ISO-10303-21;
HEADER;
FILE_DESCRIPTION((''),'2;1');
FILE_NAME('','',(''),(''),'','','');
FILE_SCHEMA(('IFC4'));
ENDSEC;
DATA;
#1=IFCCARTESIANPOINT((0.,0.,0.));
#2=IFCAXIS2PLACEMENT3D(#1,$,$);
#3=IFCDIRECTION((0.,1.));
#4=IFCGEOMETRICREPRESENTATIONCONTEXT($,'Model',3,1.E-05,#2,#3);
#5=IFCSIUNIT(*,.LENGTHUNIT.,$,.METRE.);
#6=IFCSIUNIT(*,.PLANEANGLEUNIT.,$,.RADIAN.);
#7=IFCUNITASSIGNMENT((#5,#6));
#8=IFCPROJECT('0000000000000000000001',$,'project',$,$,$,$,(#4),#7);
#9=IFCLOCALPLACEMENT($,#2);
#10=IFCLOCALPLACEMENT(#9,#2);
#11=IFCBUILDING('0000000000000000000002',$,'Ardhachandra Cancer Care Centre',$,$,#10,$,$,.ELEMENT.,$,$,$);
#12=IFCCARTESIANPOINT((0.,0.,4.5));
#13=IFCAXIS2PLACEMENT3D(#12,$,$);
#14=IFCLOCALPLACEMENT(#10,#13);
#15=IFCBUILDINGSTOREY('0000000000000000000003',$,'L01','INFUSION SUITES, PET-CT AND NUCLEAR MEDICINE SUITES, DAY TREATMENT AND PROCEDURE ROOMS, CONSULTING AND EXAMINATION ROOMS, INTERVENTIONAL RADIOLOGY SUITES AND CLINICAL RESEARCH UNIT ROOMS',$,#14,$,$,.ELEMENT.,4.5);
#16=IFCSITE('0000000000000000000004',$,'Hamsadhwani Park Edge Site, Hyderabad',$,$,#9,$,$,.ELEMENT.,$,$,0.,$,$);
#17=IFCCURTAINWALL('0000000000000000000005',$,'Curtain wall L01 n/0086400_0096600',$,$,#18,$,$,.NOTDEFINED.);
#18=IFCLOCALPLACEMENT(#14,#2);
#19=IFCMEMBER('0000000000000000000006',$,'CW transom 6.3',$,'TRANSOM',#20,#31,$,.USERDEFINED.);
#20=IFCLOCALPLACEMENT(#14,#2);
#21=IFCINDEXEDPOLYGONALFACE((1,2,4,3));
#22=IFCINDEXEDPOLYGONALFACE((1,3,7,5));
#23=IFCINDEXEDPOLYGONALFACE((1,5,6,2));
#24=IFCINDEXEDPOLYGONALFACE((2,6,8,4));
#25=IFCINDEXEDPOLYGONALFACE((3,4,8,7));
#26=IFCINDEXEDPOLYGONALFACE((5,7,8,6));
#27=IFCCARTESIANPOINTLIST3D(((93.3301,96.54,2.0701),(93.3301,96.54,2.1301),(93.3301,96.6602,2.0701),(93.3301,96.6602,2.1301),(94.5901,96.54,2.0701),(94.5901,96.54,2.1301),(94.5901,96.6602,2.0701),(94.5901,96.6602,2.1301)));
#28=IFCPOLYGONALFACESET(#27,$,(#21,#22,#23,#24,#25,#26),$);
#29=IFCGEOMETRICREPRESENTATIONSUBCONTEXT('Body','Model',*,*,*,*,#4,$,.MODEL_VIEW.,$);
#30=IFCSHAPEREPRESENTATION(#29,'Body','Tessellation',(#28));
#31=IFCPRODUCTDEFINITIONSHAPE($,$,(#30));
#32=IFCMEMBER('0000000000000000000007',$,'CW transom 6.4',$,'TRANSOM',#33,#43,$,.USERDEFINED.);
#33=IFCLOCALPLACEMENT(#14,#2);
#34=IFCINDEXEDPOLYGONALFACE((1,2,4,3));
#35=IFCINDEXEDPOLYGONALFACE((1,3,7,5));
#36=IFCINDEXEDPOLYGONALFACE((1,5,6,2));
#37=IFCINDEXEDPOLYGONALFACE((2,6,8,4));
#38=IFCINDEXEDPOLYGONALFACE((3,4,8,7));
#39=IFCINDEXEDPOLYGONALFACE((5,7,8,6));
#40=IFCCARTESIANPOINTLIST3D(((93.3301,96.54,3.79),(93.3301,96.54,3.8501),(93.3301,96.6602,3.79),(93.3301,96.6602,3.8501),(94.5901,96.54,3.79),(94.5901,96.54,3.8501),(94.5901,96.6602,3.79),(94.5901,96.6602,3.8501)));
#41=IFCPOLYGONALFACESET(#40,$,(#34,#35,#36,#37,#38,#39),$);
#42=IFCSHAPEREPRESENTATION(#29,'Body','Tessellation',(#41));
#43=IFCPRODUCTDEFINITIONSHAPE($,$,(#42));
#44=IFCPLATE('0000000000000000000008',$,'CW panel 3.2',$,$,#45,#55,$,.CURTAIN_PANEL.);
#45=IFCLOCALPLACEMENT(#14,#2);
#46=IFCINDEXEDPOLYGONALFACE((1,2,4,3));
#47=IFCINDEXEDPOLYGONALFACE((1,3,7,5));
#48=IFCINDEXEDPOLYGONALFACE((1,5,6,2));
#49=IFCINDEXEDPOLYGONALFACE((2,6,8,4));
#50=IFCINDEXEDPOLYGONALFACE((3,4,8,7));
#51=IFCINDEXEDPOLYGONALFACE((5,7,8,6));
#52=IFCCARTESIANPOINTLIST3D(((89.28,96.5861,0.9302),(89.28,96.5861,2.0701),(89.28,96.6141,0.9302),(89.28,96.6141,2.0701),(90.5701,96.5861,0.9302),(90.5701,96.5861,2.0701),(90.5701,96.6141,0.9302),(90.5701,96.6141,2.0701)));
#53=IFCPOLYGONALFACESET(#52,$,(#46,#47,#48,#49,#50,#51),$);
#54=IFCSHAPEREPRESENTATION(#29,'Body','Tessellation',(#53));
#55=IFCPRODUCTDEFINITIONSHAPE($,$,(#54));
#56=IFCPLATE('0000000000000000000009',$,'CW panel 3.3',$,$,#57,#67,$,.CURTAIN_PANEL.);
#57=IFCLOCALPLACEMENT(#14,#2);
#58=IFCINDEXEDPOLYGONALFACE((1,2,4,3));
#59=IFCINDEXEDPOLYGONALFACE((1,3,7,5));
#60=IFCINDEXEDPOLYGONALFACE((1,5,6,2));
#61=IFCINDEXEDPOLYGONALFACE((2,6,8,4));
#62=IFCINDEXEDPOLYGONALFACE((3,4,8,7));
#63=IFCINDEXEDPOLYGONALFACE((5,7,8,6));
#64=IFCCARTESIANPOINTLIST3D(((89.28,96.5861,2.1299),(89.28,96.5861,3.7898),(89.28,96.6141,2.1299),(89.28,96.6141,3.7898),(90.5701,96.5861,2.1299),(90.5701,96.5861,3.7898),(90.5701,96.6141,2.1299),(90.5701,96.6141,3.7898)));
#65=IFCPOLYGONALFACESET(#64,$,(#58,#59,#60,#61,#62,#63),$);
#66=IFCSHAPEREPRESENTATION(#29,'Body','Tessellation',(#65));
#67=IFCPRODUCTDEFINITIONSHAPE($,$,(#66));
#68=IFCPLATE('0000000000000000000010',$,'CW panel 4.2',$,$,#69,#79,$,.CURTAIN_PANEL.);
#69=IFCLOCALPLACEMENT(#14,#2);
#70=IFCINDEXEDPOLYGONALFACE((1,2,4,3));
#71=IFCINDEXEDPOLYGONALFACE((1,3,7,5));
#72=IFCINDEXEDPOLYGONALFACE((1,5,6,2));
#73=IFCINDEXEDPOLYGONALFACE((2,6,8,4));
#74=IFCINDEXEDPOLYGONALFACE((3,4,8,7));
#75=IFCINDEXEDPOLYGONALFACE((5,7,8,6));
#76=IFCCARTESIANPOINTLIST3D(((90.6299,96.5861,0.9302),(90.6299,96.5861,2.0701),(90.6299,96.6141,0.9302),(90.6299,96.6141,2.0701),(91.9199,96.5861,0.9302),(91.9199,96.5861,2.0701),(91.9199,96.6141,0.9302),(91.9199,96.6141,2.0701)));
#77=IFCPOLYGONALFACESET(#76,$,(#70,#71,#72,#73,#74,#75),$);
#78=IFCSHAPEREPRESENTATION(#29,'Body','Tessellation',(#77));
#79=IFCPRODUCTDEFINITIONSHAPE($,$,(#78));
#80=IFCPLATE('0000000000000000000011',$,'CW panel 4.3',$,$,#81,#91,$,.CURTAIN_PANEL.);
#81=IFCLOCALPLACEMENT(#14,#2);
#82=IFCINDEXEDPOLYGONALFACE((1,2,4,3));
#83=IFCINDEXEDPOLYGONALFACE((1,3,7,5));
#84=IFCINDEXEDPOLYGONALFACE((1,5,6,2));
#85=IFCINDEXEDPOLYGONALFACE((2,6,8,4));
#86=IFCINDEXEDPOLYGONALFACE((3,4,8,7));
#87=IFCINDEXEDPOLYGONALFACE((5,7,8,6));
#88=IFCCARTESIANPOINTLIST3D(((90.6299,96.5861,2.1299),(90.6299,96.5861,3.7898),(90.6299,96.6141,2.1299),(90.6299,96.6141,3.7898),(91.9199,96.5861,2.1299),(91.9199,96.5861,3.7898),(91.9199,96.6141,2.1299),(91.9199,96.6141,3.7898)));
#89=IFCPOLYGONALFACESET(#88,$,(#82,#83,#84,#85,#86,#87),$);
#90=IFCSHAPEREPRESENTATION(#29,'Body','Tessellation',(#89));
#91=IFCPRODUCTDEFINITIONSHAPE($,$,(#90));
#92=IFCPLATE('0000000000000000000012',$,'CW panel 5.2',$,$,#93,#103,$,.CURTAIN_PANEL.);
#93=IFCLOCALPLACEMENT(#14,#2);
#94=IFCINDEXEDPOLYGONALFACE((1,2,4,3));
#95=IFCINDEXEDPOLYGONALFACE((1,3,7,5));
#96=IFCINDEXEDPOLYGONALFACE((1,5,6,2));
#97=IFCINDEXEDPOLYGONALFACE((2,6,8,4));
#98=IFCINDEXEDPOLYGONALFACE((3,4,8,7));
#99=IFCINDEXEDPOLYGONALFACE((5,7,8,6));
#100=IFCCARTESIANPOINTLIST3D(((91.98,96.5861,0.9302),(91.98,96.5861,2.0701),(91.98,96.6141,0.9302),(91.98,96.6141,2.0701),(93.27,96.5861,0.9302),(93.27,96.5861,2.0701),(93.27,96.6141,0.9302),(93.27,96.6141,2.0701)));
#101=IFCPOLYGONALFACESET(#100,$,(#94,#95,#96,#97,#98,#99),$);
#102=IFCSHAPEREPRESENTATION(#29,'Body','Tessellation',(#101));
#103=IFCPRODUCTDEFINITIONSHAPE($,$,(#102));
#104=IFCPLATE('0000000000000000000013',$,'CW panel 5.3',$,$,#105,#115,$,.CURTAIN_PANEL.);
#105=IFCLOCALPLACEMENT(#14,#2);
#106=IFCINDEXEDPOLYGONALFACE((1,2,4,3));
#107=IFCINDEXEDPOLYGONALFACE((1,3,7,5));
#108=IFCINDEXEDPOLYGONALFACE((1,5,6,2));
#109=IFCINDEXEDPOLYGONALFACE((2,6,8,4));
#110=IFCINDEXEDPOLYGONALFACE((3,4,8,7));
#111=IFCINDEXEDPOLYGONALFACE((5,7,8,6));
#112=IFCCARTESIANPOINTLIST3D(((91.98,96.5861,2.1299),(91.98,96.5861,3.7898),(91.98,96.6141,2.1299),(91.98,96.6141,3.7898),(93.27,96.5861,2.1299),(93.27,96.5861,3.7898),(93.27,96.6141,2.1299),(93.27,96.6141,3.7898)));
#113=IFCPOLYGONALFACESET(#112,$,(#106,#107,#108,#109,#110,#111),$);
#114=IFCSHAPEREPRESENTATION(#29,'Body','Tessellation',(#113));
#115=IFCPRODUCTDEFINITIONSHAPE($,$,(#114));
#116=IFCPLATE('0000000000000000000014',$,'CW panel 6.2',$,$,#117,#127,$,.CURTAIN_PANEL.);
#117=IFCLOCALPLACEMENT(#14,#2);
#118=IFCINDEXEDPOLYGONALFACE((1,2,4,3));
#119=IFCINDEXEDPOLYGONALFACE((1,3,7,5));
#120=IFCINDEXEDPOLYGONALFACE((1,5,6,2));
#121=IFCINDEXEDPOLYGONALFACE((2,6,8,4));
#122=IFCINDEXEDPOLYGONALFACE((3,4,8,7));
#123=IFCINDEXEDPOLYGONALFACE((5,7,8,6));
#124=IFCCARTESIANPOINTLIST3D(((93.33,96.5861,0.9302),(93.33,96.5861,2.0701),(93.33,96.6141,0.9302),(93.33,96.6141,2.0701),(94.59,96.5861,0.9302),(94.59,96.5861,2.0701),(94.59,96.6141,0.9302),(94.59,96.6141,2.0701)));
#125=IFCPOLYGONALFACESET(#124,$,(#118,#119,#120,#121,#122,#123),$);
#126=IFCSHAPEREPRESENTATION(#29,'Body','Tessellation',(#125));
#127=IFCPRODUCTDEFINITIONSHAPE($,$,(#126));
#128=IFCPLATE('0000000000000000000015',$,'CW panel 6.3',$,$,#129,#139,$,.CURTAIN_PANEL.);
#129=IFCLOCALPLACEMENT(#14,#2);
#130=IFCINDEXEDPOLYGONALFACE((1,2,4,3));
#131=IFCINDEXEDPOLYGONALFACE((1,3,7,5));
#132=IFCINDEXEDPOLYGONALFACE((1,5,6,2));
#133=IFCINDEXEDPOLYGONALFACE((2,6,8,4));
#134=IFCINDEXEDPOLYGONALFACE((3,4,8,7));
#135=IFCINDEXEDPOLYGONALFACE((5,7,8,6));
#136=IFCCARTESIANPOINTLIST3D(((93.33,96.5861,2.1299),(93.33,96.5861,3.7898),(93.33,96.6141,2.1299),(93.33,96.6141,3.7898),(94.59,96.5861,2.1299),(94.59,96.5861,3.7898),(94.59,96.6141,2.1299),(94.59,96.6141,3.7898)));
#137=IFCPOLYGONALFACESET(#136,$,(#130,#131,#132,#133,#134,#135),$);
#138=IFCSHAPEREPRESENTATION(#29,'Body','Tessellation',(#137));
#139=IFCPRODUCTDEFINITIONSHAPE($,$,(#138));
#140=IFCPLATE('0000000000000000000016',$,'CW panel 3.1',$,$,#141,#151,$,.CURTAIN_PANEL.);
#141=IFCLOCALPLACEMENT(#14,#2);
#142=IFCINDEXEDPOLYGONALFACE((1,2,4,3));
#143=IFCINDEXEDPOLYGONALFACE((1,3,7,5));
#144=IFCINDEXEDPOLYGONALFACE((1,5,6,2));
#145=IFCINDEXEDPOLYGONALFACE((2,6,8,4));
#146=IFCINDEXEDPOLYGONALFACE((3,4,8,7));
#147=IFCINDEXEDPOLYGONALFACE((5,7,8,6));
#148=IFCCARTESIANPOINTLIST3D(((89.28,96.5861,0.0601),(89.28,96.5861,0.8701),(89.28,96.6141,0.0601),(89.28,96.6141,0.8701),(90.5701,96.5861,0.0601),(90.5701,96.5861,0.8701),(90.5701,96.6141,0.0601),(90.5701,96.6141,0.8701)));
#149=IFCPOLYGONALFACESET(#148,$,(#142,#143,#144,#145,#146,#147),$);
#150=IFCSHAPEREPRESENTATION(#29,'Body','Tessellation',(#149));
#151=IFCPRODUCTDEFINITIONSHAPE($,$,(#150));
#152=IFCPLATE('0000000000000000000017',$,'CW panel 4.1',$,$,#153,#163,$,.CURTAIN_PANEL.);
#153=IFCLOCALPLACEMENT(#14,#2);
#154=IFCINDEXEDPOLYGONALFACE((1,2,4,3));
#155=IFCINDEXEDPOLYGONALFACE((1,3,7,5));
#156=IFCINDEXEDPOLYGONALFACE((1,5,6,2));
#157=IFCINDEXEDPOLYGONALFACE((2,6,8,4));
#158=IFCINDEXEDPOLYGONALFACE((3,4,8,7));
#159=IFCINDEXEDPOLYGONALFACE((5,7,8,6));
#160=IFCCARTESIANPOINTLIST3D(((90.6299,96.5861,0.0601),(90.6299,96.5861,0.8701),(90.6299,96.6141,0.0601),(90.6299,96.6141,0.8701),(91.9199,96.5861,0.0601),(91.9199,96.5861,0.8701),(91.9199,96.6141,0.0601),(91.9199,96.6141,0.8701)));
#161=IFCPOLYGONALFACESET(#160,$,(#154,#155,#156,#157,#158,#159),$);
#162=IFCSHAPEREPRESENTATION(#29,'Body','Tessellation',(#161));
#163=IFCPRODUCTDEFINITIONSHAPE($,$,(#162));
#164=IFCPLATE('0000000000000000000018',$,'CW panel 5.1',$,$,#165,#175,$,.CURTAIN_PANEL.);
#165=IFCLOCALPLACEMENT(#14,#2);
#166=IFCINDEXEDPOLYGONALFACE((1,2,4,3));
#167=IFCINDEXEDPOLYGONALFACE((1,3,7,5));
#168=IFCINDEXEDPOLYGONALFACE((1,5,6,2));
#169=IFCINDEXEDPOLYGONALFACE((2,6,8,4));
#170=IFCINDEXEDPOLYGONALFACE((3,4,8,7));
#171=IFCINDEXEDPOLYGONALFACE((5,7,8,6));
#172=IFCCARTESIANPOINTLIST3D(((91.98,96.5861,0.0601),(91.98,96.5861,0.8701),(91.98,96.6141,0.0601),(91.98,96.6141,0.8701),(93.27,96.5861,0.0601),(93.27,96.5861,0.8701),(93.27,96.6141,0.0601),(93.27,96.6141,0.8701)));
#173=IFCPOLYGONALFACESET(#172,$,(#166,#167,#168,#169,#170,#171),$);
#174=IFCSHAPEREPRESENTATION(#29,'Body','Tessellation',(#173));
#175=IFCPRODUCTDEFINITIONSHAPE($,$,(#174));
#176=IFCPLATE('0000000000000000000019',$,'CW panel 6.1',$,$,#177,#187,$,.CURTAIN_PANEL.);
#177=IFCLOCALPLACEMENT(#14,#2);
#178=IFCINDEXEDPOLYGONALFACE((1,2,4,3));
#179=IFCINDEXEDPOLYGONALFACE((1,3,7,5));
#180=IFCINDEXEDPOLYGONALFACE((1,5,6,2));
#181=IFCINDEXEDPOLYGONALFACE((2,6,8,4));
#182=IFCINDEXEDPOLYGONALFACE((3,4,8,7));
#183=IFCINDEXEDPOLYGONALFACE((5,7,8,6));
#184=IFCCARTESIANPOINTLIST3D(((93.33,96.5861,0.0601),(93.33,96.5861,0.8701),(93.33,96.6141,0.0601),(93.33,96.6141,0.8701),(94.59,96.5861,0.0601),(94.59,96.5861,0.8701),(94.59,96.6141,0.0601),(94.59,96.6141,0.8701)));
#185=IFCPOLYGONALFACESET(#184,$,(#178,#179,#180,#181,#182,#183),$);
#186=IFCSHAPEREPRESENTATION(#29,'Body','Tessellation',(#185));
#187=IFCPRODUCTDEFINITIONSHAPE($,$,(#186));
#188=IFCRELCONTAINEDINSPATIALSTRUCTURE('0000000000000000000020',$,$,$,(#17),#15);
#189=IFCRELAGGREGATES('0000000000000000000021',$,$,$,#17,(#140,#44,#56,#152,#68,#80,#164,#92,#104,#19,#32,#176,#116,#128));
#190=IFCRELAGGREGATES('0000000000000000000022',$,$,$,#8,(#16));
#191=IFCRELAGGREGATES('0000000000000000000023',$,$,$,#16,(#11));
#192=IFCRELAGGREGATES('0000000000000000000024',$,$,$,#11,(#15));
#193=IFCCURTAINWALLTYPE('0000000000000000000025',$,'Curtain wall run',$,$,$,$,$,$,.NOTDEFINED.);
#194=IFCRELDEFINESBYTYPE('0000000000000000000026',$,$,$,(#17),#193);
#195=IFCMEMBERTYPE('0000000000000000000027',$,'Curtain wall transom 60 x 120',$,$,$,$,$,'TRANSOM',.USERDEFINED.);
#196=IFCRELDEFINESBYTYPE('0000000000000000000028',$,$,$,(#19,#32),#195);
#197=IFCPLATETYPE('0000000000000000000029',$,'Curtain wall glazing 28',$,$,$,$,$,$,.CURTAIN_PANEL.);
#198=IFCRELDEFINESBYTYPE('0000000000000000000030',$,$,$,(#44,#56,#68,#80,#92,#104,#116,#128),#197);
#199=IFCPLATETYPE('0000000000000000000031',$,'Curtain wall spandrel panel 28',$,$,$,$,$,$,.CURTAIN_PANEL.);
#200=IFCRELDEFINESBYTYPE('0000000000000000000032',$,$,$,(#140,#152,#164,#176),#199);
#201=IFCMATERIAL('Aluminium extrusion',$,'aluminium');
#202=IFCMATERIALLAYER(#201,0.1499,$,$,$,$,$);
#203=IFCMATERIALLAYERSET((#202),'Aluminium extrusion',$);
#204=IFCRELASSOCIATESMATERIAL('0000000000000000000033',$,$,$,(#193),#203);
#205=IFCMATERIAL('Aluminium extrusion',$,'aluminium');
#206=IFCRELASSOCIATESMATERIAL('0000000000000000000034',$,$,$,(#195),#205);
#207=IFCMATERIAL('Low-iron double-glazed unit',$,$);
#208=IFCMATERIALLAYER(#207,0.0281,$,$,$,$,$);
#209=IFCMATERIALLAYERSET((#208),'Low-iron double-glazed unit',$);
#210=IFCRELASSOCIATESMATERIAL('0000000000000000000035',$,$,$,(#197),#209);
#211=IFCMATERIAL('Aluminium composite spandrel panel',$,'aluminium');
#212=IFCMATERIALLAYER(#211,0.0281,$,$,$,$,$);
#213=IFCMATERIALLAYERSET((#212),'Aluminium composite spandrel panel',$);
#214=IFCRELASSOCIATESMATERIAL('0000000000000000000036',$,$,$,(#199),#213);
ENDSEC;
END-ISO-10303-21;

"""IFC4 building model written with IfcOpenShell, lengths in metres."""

from ifc_helpers import new_model, si_unit, direction, frame, origin, origin_2d, place, context, subcontext, project, spatial, rectangle, extrude, material, layer, layer_set, material_profile, profile_set, type_object, element, aggregate, save


model = new_model("IFC4")

# Units and contexts
model_context = context("Model", 3, precision=1e-05, world=origin(), true_north=direction((0.0, 1.0)))
body_context = subcontext(model_context, "Body", "Model", "MODEL_VIEW")
ifc_project = project(units=[si_unit("LENGTHUNIT", "METRE"), si_unit("PLANEANGLEUNIT", "RADIAN")], contexts=[model_context])

# Site, building, storey
site_placement = place(None, origin())
site = spatial("IfcSite", under=ifc_project, at=site_placement, Name="Hamsadhwani Park Edge Site, Hyderabad", CompositionType="ELEMENT", RefElevation=0.0)
building_placement = place(site_placement, origin())
building = spatial("IfcBuilding", under=site, at=building_placement, Name="Ardhachandra Cancer Care Centre", CompositionType="ELEMENT")
storey_placement = place(building_placement, frame((0.0, 0.0, 4.5)))
storey = spatial("IfcBuildingStorey", under=building, at=storey_placement, Name="L01", Description="INFUSION SUITES, PET-CT AND NUCLEAR MEDICINE SUITES, DAY TREATMENT AND PROCEDURE ROOMS, CONSULTING AND EXAMINATION ROOMS, INTERVENTIONAL RADIOLOGY SUITES AND CLINICAL RESEARCH UNIT ROOMS", CompositionType="ELEMENT", Elevation=4.5)

# Curtain wall, members, plates
ifc_material_1 = material(Name="Aluminium extrusion", Category="aluminium")
ifc_layer_1 = layer(ifc_material_1, 0.1499)
ifc_layer_set_1 = layer_set([ifc_layer_1], Name="Aluminium extrusion")
curtain_wall_type = type_object("IfcCurtainWallType", Name="Curtain wall run", PredefinedType="NOTDEFINED", material=ifc_layer_set_1)
curtain_wall_placement = place(storey_placement, origin())
curtain_wall = element("IfcCurtainWall", 1, at=curtain_wall_placement, inside=storey, type_object=curtain_wall_type, Name="Curtain wall L01 n/0086400_0096600", PredefinedType="NOTDEFINED")
ifc_material_2 = material(Name="Aluminium extrusion", Category="aluminium")
ifc_material_profile_1 = material_profile(ifc_material_2, rectangle(XDim=0.1201, YDim=0.0601, at=origin_2d()), Name="Curtain wall transom 60 x 120")
ifc_profile_set_1 = profile_set([ifc_material_profile_1], Name="Aluminium extrusion")
member_type_1 = type_object("IfcMemberType", Name="Curtain wall transom 60 x 120", ElementType="TRANSOM", PredefinedType="USERDEFINED", material=ifc_profile_set_1)
member_1_placement = place(storey_placement, frame((93.3301, 96.6001, 2.1001), z_axis=(1.0, 0.0, 0.0), x_axis=(0.0, 1.0, 0.0)))
member_1 = element("IfcMember", 2, at=member_1_placement, type_object=member_type_1, Name="CW transom 6.3", ObjectType="TRANSOM", PredefinedType="USERDEFINED", context=body_context, shape_type="SweptSolid", body=[
    extrude(rectangle(XDim=0.1201, YDim=0.0601, at=origin_2d()), origin(), (0.0, 0.0, 1.0), 1.26),
])
member_2_placement = place(storey_placement, frame((93.3301, 96.6001, 3.8201), z_axis=(1.0, 0.0, 0.0), x_axis=(0.0, 1.0, 0.0)))
member_2 = element("IfcMember", 3, at=member_2_placement, type_object=member_type_1, Name="CW transom 6.4", ObjectType="TRANSOM", PredefinedType="USERDEFINED", context=body_context, shape_type="SweptSolid", body=[
    extrude(rectangle(XDim=0.1201, YDim=0.0601, at=origin_2d()), origin(), (0.0, 0.0, 1.0), 1.26),
])
ifc_material_3 = material(Name="Low-iron double-glazed unit")
ifc_layer_2 = layer(ifc_material_3, 0.0281)
ifc_layer_set_2 = layer_set([ifc_layer_2], Name="Low-iron double-glazed unit")
plate_type_1 = type_object("IfcPlateType", Name="Curtain wall glazing 28", PredefinedType="CURTAIN_PANEL", material=ifc_layer_set_2)
plate_1_placement = place(storey_placement, frame((89.925, 96.6001, 0.9302), z_axis=(0.0, 0.0, 1.0), x_axis=(1.0, 0.0, 0.0)))
plate_1 = element("IfcPlate", 4, at=plate_1_placement, type_object=plate_type_1, Name="CW panel 3.2", PredefinedType="CURTAIN_PANEL", context=body_context, shape_type="SweptSolid", body=[
    extrude(rectangle(XDim=1.29, YDim=0.0281, at=origin_2d()), origin(), (0.0, 0.0, 1.0), 1.1399),
])
plate_2_placement = place(storey_placement, frame((89.925, 96.6001, 2.1299), z_axis=(0.0, 0.0, 1.0), x_axis=(1.0, 0.0, 0.0)))
plate_2 = element("IfcPlate", 5, at=plate_2_placement, type_object=plate_type_1, Name="CW panel 3.3", PredefinedType="CURTAIN_PANEL", context=body_context, shape_type="SweptSolid", body=[
    extrude(rectangle(XDim=1.29, YDim=0.0281, at=origin_2d()), origin(), (0.0, 0.0, 1.0), 1.6599),
])
plate_3_placement = place(storey_placement, frame((91.2749, 96.6001, 0.9302), z_axis=(0.0, 0.0, 1.0), x_axis=(1.0, 0.0, 0.0)))
plate_3 = element("IfcPlate", 6, at=plate_3_placement, type_object=plate_type_1, Name="CW panel 4.2", PredefinedType="CURTAIN_PANEL", context=body_context, shape_type="SweptSolid", body=[
    extrude(rectangle(XDim=1.29, YDim=0.0281, at=origin_2d()), origin(), (0.0, 0.0, 1.0), 1.1399),
])
plate_4_placement = place(storey_placement, frame((91.2749, 96.6001, 2.1299), z_axis=(0.0, 0.0, 1.0), x_axis=(1.0, 0.0, 0.0)))
plate_4 = element("IfcPlate", 7, at=plate_4_placement, type_object=plate_type_1, Name="CW panel 4.3", PredefinedType="CURTAIN_PANEL", context=body_context, shape_type="SweptSolid", body=[
    extrude(rectangle(XDim=1.29, YDim=0.0281, at=origin_2d()), origin(), (0.0, 0.0, 1.0), 1.6599),
])
plate_5_placement = place(storey_placement, frame((92.625, 96.6001, 0.9302), z_axis=(0.0, 0.0, 1.0), x_axis=(1.0, 0.0, 0.0)))
plate_5 = element("IfcPlate", 8, at=plate_5_placement, type_object=plate_type_1, Name="CW panel 5.2", PredefinedType="CURTAIN_PANEL", context=body_context, shape_type="SweptSolid", body=[
    extrude(rectangle(XDim=1.29, YDim=0.0281, at=origin_2d()), origin(), (0.0, 0.0, 1.0), 1.1399),
])
plate_6_placement = place(storey_placement, frame((92.625, 96.6001, 2.1299), z_axis=(0.0, 0.0, 1.0), x_axis=(1.0, 0.0, 0.0)))
plate_6 = element("IfcPlate", 9, at=plate_6_placement, type_object=plate_type_1, Name="CW panel 5.3", PredefinedType="CURTAIN_PANEL", context=body_context, shape_type="SweptSolid", body=[
    extrude(rectangle(XDim=1.29, YDim=0.0281, at=origin_2d()), origin(), (0.0, 0.0, 1.0), 1.6599),
])
plate_7_placement = place(storey_placement, frame((93.96, 96.6001, 0.9302), z_axis=(0.0, 0.0, 1.0), x_axis=(1.0, 0.0, 0.0)))
plate_7 = element("IfcPlate", 10, at=plate_7_placement, type_object=plate_type_1, Name="CW panel 6.2", PredefinedType="CURTAIN_PANEL", context=body_context, shape_type="SweptSolid", body=[
    extrude(rectangle(XDim=1.26, YDim=0.0281, at=origin_2d()), origin(), (0.0, 0.0, 1.0), 1.1399),
])
plate_8_placement = place(storey_placement, frame((93.96, 96.6001, 2.1299), z_axis=(0.0, 0.0, 1.0), x_axis=(1.0, 0.0, 0.0)))
plate_8 = element("IfcPlate", 11, at=plate_8_placement, type_object=plate_type_1, Name="CW panel 6.3", PredefinedType="CURTAIN_PANEL", context=body_context, shape_type="SweptSolid", body=[
    extrude(rectangle(XDim=1.26, YDim=0.0281, at=origin_2d()), origin(), (0.0, 0.0, 1.0), 1.6599),
])
ifc_material_4 = material(Name="Aluminium composite spandrel panel", Category="aluminium")
ifc_layer_3 = layer(ifc_material_4, 0.0281)
ifc_layer_set_3 = layer_set([ifc_layer_3], Name="Aluminium composite spandrel panel")
plate_type_2 = type_object("IfcPlateType", Name="Curtain wall spandrel panel 28", PredefinedType="CURTAIN_PANEL", material=ifc_layer_set_3)
plate_9_placement = place(storey_placement, frame((89.925, 96.6001, 0.0601), z_axis=(0.0, 0.0, 1.0), x_axis=(1.0, 0.0, 0.0)))
plate_9 = element("IfcPlate", 12, at=plate_9_placement, type_object=plate_type_2, Name="CW panel 3.1", PredefinedType="CURTAIN_PANEL", context=body_context, shape_type="SweptSolid", body=[
    extrude(rectangle(XDim=1.29, YDim=0.0281, at=origin_2d()), origin(), (0.0, 0.0, 1.0), 0.8101),
])
plate_10_placement = place(storey_placement, frame((91.2749, 96.6001, 0.0601), z_axis=(0.0, 0.0, 1.0), x_axis=(1.0, 0.0, 0.0)))
plate_10 = element("IfcPlate", 13, at=plate_10_placement, type_object=plate_type_2, Name="CW panel 4.1", PredefinedType="CURTAIN_PANEL", context=body_context, shape_type="SweptSolid", body=[
    extrude(rectangle(XDim=1.29, YDim=0.0281, at=origin_2d()), origin(), (0.0, 0.0, 1.0), 0.8101),
])
plate_11_placement = place(storey_placement, frame((92.625, 96.6001, 0.0601), z_axis=(0.0, 0.0, 1.0), x_axis=(1.0, 0.0, 0.0)))
plate_11 = element("IfcPlate", 14, at=plate_11_placement, type_object=plate_type_2, Name="CW panel 5.1", PredefinedType="CURTAIN_PANEL", context=body_context, shape_type="SweptSolid", body=[
    extrude(rectangle(XDim=1.29, YDim=0.0281, at=origin_2d()), origin(), (0.0, 0.0, 1.0), 0.8101),
])
plate_12_placement = place(storey_placement, frame((93.96, 96.6001, 0.0601), z_axis=(0.0, 0.0, 1.0), x_axis=(1.0, 0.0, 0.0)))
plate_12 = element("IfcPlate", 15, at=plate_12_placement, type_object=plate_type_2, Name="CW panel 6.1", PredefinedType="CURTAIN_PANEL", context=body_context, shape_type="SweptSolid", body=[
    extrude(rectangle(XDim=1.26, YDim=0.0281, at=origin_2d()), origin(), (0.0, 0.0, 1.0), 0.8101),
])
aggregate(curtain_wall, [plate_9, plate_1, plate_2, plate_10, plate_3, plate_4, plate_11, plate_5, plate_6, member_1, member_2, plate_12, plate_7, plate_8])

save(model, "model.ifc")
